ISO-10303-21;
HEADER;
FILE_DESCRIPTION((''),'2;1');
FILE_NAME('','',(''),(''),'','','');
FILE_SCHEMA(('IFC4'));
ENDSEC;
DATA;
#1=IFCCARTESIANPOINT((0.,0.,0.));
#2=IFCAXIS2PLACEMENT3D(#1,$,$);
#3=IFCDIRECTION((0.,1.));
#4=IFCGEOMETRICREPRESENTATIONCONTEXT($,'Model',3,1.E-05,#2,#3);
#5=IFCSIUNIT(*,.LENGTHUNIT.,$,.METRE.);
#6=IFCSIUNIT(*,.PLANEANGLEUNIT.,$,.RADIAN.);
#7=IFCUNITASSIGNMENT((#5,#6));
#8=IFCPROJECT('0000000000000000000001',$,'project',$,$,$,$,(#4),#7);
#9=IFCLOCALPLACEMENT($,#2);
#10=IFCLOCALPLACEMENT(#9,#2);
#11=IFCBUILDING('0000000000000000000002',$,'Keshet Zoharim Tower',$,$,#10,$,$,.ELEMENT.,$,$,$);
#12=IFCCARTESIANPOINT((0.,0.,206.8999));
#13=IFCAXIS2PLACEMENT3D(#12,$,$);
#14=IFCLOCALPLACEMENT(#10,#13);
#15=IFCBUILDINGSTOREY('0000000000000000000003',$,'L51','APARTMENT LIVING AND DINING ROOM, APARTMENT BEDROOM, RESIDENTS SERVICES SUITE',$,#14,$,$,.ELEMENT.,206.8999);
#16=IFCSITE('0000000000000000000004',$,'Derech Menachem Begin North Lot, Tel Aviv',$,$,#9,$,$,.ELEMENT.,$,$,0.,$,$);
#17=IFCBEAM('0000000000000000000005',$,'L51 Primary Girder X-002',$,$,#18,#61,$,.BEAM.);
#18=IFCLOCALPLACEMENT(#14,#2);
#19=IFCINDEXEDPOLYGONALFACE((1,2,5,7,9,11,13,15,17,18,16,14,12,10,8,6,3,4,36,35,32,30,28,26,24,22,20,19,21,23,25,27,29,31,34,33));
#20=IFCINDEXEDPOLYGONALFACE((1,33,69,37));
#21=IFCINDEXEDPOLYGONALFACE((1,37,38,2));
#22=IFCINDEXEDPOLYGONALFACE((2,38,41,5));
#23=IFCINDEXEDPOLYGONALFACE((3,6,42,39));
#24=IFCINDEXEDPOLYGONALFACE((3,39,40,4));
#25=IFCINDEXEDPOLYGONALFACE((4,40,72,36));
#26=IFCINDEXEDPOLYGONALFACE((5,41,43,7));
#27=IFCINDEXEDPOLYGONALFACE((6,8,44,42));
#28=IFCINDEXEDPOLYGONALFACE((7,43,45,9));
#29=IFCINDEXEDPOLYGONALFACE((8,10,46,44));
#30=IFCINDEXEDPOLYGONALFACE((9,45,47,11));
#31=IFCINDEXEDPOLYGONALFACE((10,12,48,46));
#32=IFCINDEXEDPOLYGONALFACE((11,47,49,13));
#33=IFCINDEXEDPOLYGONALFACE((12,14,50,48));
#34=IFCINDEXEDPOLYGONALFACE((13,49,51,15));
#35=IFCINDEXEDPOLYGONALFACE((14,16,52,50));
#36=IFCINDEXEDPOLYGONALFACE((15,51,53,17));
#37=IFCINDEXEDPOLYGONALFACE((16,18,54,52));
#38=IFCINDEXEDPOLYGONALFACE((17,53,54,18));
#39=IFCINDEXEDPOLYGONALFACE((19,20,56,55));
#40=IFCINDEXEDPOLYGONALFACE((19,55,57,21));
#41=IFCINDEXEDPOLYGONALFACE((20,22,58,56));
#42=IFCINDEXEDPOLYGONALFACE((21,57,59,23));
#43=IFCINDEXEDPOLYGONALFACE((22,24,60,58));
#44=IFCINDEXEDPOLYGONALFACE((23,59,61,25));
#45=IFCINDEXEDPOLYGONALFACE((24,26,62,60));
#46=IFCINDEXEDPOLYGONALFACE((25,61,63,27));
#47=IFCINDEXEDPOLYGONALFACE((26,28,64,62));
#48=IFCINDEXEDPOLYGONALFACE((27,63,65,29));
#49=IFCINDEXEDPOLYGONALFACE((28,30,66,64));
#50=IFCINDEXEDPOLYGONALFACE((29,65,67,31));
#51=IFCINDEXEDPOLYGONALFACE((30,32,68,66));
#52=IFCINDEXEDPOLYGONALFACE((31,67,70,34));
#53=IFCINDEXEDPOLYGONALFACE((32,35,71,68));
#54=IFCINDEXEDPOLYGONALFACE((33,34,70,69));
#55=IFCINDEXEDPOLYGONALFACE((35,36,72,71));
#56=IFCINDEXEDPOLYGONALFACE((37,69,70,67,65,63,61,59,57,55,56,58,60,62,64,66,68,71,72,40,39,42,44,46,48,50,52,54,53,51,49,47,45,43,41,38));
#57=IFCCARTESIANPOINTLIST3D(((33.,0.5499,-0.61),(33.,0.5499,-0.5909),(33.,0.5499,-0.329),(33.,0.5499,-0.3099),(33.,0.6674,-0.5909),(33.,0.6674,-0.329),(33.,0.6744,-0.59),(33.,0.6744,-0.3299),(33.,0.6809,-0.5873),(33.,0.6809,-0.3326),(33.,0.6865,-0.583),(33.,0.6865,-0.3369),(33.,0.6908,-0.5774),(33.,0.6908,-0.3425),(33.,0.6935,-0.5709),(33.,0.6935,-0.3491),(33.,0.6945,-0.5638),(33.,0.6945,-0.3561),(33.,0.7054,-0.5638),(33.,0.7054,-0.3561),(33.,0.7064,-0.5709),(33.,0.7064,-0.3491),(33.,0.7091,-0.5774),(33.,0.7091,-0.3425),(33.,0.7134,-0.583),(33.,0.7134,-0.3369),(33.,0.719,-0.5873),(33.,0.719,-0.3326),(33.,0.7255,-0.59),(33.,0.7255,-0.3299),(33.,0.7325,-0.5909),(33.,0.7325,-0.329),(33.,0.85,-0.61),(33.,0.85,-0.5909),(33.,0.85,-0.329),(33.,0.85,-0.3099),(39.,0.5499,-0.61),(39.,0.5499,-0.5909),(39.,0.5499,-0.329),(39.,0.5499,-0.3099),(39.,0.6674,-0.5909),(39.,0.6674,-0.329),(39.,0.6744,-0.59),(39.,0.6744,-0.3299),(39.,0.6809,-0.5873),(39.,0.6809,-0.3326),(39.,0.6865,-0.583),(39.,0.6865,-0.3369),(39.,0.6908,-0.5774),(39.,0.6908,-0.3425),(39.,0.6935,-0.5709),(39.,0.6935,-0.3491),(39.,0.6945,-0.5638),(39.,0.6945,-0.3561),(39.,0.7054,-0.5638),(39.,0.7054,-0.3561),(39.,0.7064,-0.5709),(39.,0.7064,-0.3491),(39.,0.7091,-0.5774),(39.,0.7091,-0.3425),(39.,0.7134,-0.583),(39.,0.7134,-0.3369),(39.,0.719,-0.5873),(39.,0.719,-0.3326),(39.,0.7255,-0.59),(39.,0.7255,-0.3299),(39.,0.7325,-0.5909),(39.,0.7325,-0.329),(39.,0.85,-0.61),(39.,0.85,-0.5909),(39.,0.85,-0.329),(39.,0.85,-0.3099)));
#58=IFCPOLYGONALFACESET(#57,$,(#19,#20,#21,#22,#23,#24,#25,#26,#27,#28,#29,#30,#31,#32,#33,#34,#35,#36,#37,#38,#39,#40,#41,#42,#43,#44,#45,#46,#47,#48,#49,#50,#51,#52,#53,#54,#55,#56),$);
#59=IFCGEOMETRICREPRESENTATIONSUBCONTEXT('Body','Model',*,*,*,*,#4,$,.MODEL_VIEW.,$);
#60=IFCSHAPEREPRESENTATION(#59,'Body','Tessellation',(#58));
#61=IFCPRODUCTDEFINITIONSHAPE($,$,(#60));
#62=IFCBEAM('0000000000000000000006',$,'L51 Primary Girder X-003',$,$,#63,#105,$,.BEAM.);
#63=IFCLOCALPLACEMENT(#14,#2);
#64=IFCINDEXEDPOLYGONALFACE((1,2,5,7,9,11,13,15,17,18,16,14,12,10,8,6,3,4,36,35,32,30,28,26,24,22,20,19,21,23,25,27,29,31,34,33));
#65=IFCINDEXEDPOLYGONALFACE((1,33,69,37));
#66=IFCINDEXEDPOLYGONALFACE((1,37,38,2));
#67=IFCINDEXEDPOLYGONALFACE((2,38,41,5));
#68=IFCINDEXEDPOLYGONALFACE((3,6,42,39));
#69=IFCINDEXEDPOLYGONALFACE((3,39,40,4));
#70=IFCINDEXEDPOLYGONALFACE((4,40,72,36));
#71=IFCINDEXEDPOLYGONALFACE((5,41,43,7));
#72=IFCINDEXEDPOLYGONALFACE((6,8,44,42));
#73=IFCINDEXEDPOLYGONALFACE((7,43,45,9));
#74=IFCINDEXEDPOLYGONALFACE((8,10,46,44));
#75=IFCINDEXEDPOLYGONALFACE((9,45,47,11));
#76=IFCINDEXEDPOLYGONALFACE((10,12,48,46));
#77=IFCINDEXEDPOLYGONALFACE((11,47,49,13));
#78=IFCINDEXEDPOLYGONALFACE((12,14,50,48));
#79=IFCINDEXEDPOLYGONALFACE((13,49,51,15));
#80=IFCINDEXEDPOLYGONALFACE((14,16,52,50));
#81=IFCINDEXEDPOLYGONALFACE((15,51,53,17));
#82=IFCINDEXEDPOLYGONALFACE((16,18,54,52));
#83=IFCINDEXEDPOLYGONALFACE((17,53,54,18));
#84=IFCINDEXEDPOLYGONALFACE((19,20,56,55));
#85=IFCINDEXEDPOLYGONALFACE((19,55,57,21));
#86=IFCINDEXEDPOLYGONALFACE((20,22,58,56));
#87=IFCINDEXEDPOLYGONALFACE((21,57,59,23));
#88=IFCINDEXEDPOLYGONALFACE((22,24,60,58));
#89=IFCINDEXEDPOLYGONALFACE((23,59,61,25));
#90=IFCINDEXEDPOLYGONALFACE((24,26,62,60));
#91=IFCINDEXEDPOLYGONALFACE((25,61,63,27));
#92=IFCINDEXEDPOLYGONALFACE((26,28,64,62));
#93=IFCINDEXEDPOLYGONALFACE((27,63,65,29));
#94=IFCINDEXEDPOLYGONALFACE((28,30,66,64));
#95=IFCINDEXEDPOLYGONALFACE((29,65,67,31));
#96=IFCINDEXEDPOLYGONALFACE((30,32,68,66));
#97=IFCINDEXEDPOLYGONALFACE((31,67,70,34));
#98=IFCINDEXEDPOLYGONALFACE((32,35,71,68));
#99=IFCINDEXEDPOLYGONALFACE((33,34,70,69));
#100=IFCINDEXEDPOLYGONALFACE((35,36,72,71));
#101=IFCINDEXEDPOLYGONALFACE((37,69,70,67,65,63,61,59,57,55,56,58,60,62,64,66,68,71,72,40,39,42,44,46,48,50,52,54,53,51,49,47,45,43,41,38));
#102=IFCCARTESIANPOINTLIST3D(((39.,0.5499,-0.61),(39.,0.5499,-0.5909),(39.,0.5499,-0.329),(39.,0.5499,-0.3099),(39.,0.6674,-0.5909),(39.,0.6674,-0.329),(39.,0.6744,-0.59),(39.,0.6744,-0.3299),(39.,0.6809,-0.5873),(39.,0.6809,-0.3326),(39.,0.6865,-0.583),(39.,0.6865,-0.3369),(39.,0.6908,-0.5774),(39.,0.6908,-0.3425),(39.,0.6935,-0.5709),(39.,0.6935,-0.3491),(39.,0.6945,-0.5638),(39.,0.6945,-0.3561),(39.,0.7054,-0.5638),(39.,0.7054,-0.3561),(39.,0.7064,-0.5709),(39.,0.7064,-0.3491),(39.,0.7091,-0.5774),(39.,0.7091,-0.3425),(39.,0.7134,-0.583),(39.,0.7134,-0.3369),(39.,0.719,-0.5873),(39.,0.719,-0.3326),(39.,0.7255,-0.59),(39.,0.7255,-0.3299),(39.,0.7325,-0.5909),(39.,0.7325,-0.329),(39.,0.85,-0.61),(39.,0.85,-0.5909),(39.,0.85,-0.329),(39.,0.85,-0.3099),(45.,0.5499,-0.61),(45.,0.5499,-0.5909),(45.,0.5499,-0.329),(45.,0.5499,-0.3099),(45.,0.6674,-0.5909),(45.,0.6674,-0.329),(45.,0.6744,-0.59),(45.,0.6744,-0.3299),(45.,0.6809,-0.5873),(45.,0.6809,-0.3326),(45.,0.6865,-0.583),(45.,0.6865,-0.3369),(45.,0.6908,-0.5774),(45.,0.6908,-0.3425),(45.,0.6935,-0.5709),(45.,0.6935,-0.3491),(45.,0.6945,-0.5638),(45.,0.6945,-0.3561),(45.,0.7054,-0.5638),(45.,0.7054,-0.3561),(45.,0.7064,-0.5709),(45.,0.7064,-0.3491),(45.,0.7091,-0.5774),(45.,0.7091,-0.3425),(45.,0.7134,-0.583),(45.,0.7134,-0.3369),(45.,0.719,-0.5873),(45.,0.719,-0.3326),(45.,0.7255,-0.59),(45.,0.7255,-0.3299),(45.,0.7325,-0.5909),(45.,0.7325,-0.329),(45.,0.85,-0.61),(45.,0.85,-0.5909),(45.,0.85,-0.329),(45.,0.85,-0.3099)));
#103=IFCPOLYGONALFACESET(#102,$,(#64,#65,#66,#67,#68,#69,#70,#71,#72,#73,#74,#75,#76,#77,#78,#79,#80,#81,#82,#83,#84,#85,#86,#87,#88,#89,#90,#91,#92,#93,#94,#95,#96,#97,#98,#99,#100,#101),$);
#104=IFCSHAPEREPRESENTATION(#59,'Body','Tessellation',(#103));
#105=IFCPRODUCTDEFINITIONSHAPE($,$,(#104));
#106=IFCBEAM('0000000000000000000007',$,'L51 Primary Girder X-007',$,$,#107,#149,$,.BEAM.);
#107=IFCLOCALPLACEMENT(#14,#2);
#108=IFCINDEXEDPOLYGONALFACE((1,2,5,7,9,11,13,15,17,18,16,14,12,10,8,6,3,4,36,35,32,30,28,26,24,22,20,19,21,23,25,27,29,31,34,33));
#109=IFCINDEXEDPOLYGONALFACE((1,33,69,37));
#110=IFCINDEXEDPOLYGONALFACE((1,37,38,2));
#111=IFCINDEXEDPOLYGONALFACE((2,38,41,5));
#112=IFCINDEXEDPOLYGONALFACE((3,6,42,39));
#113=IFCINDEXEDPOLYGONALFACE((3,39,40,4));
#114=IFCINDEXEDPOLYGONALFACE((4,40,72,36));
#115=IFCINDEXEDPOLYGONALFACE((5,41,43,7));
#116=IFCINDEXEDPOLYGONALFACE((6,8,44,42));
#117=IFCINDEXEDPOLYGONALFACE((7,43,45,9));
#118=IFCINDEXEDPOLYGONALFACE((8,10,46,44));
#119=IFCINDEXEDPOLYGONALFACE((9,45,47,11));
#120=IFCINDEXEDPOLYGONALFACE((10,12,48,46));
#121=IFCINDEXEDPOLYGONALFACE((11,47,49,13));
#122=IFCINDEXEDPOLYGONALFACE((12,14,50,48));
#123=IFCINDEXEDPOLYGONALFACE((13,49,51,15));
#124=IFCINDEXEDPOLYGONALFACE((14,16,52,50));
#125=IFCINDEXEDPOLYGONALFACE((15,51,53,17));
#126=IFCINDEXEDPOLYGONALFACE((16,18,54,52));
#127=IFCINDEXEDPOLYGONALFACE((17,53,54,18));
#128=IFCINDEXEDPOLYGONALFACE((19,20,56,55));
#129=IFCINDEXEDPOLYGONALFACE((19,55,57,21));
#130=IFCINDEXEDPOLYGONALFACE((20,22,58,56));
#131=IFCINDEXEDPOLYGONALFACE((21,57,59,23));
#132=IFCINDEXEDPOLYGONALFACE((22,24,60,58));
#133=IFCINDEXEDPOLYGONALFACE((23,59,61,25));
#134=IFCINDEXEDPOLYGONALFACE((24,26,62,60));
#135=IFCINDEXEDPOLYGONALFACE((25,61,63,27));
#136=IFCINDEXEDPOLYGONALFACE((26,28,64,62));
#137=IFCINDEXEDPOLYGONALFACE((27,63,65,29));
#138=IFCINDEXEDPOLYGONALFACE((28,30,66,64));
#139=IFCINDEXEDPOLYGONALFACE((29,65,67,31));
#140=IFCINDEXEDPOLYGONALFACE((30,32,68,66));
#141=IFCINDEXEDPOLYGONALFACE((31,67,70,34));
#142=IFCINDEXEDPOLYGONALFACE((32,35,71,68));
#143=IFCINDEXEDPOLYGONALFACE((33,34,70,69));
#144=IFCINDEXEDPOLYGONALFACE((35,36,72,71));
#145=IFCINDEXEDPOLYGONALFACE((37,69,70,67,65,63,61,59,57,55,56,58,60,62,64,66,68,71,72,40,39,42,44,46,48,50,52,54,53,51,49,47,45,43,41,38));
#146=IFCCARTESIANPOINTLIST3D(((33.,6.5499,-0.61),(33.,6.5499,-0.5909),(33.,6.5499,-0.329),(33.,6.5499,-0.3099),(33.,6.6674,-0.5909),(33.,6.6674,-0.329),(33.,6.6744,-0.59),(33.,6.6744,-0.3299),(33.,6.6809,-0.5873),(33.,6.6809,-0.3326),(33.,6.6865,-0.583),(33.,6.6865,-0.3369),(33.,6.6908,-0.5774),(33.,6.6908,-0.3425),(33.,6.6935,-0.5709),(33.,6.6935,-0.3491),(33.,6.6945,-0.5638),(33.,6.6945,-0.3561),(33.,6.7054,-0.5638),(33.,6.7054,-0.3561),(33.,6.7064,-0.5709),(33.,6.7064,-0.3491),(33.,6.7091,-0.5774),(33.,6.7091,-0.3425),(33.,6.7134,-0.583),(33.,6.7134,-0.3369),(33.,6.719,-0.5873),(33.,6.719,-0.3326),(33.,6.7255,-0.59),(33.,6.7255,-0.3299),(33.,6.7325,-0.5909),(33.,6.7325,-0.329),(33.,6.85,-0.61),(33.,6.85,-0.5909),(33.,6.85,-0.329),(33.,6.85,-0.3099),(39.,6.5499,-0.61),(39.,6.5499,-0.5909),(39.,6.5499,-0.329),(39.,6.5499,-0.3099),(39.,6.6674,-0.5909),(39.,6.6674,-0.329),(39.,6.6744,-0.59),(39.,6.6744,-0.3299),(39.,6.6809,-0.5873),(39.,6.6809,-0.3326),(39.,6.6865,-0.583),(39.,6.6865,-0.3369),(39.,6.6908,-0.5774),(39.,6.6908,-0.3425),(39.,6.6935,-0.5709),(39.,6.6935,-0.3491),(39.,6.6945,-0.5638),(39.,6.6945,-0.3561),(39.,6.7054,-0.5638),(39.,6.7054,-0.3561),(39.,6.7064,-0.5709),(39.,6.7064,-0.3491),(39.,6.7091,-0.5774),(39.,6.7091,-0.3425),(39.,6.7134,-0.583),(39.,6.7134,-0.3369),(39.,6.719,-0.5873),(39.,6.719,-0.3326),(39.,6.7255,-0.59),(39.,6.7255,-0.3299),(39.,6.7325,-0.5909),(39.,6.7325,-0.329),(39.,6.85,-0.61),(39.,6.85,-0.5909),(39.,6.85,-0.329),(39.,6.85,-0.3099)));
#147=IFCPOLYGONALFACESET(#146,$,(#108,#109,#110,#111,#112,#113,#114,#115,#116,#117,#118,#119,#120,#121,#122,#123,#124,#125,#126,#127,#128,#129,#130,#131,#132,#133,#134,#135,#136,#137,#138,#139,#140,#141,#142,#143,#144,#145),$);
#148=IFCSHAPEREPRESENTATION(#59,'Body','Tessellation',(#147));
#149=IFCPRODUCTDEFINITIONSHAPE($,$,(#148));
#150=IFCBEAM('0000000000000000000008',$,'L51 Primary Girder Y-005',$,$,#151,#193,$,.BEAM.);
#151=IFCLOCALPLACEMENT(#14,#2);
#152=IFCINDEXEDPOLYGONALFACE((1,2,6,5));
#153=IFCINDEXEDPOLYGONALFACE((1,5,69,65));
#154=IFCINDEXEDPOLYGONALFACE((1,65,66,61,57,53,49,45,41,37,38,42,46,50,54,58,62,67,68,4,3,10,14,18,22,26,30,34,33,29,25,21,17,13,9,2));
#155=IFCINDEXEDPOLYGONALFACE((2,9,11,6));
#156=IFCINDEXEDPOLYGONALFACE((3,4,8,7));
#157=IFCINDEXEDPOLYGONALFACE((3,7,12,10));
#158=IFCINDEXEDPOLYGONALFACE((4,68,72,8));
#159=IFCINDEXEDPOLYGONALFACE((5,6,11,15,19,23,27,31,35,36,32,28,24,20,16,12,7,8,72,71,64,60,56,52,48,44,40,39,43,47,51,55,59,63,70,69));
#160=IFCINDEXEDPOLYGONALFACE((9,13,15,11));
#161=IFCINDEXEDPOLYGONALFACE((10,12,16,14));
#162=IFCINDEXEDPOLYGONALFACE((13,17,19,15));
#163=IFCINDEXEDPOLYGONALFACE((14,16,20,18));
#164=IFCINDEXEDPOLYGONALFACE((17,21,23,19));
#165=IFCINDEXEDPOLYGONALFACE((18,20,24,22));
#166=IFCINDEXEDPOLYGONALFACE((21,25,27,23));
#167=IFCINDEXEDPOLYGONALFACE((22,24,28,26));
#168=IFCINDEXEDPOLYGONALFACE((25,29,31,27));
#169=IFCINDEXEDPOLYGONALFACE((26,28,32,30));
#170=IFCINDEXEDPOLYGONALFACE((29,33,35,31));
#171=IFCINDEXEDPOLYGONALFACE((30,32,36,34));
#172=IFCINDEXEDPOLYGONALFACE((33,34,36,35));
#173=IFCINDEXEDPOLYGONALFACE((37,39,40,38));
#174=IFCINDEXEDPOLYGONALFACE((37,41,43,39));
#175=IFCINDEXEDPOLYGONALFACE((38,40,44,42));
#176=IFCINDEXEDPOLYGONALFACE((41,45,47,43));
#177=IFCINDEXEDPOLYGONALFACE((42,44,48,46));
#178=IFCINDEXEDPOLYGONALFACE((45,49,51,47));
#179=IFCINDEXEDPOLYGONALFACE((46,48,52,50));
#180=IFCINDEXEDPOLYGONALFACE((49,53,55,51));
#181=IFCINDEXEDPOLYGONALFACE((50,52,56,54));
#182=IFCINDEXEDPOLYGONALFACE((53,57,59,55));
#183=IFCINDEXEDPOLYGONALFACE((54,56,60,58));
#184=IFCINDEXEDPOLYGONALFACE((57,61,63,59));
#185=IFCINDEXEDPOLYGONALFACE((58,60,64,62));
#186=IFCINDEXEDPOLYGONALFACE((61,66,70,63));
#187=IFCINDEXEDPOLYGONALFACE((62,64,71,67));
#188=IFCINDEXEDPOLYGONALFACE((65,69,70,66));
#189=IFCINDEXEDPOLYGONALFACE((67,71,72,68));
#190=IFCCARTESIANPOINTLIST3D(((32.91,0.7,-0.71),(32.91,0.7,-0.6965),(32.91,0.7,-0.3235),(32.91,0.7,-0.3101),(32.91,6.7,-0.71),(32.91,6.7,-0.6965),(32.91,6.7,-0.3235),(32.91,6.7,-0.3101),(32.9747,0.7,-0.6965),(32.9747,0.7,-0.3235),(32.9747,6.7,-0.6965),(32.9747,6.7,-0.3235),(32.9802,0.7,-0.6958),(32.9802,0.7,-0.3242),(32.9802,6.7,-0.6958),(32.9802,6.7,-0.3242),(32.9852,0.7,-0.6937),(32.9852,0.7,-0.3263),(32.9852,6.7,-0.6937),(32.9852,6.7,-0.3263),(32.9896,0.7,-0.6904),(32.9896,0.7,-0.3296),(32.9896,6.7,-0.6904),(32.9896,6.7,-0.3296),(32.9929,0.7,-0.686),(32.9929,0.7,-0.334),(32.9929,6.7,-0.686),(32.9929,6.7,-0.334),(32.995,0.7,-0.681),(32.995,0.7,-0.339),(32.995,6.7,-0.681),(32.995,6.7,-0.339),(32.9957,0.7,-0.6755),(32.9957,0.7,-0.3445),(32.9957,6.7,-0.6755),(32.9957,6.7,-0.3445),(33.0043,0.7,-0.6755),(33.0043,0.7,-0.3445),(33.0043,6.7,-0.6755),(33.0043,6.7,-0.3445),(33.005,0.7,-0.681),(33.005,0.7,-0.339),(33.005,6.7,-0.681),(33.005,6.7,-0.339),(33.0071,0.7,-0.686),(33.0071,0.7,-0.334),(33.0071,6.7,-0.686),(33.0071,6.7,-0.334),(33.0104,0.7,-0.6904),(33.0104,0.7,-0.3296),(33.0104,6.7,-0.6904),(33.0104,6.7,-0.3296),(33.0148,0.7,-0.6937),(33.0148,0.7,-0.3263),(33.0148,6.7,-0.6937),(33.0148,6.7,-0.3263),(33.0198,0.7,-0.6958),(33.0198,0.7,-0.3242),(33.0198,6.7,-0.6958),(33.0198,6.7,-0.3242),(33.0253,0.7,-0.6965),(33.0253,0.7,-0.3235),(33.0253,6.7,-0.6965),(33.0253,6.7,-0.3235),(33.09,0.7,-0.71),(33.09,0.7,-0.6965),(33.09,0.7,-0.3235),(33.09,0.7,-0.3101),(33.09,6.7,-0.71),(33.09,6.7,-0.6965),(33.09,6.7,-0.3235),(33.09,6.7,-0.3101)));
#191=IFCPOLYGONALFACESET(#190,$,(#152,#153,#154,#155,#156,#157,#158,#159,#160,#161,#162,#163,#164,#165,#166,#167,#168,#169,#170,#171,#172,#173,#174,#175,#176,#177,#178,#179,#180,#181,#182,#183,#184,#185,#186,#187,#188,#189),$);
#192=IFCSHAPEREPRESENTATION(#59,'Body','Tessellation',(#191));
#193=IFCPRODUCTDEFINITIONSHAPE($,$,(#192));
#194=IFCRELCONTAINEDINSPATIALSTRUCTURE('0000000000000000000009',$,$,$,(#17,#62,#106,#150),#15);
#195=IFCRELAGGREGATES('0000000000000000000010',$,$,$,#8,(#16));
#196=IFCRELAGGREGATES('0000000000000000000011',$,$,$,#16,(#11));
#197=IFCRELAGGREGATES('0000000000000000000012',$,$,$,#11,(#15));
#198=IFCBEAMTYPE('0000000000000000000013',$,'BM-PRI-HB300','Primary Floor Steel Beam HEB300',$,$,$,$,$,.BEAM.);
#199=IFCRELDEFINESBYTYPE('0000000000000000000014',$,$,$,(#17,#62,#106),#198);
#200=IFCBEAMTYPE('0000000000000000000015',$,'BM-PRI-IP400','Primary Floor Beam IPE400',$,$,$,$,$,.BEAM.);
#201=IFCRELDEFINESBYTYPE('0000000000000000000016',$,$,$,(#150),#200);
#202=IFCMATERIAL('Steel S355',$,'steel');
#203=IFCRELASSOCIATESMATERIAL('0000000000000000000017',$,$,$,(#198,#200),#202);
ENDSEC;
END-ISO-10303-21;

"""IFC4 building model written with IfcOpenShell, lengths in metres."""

from ifc_helpers import new_model, si_unit, direction, frame, origin, origin_2d, place, context, subcontext, project, spatial, i_section, extrude, material, material_profile, profile_set, type_object, element, save


model = new_model("IFC4")

# Units and contexts
model_context = context("Model", 3, precision=1e-05, world=origin(), true_north=direction((0.0, 1.0)))
body_context = subcontext(model_context, "Body", "Model", "MODEL_VIEW")
ifc_project = project(units=[si_unit("LENGTHUNIT", "METRE"), si_unit("PLANEANGLEUNIT", "RADIAN")], contexts=[model_context])

# Site, building, storey
site_placement = place(None, origin())
site = spatial("IfcSite", under=ifc_project, at=site_placement, Name="Derech Menachem Begin North Lot, Tel Aviv", CompositionType="ELEMENT", RefElevation=0.0)
building_placement = place(site_placement, origin())
building = spatial("IfcBuilding", under=site, at=building_placement, Name="Keshet Zoharim Tower", CompositionType="ELEMENT")
storey_placement = place(building_placement, frame((0.0, 0.0, 206.8999)))
storey = spatial("IfcBuildingStorey", under=building, at=storey_placement, Name="L51", Description="APARTMENT LIVING AND DINING ROOM, APARTMENT BEDROOM, RESIDENTS SERVICES SUITE", CompositionType="ELEMENT", Elevation=206.8999)

# Shared definitions
ifc_material_1 = material(Name="Steel S355", Category="steel")

# Beams
ifc_material_profile_1 = material_profile(ifc_material_1, i_section(OverallWidth=0.3, OverallDepth=0.3, WebThickness=0.011, FlangeThickness=0.019, FilletRadius=0.0271, at=origin_2d()), Name="HEB300")
ifc_profile_set_1 = profile_set([ifc_material_profile_1], Name="Steel S355")
beam_type_1 = type_object("IfcBeamType", Name="BM-PRI-HB300", Description="Primary Floor Steel Beam HEB300", PredefinedType="BEAM", material=ifc_profile_set_1)
for number, where, z_axis, x_axis, name in (
    (1, (33.0, 0.7, -0.46), (1.0, 0.0, 0.0), (0.0, 1.0, 0.0), "L51 Primary Girder X-002"),
    (2, (39.0, 0.7, -0.46), (1.0, 0.0, 0.0), (0.0, 1.0, 0.0), "L51 Primary Girder X-003"),
    (3, (33.0, 6.7, -0.46), (1.0, 0.0, 0.0), (0.0, 1.0, 0.0), "L51 Primary Girder X-007"),
):
    element("IfcBeam", number, at=place(storey_placement, frame(where, z_axis=z_axis, x_axis=x_axis)), inside=storey, type_object=beam_type_1, Name=name, PredefinedType="BEAM", context=body_context, shape_type="SweptSolid", body=[
        extrude(i_section(OverallWidth=0.3, OverallDepth=0.3, WebThickness=0.011, FlangeThickness=0.019, FilletRadius=0.0271, at=origin_2d()), origin(), (0.0, 0.0, 1.0), 6.0),
    ])
ifc_material_profile_2 = material_profile(ifc_material_1, i_section(OverallWidth=0.1799, OverallDepth=0.3999, WebThickness=0.0085, FlangeThickness=0.0134, FilletRadius=0.021, at=origin_2d()), Name="IPE400")
ifc_profile_set_2 = profile_set([ifc_material_profile_2], Name="Steel S355")
beam_type_2 = type_object("IfcBeamType", Name="BM-PRI-IP400", Description="Primary Floor Beam IPE400", PredefinedType="BEAM", material=ifc_profile_set_2)
for number, where, z_axis, x_axis, name in (
    (4, (33.0, 0.7, -0.51), (0.0, 1.0, 0.0), (-1.0, 0.0, 0.0), "L51 Primary Girder Y-005"),
):
    element("IfcBeam", number, at=place(storey_placement, frame(where, z_axis=z_axis, x_axis=x_axis)), inside=storey, type_object=beam_type_2, Name=name, PredefinedType="BEAM", context=body_context, shape_type="SweptSolid", body=[
        extrude(i_section(OverallWidth=0.1799, OverallDepth=0.3999, WebThickness=0.0085, FlangeThickness=0.0134, FilletRadius=0.021, at=origin_2d()), origin(), (0.0, 0.0, 1.0), 6.0),
    ])

save(model, "model.ifc")
